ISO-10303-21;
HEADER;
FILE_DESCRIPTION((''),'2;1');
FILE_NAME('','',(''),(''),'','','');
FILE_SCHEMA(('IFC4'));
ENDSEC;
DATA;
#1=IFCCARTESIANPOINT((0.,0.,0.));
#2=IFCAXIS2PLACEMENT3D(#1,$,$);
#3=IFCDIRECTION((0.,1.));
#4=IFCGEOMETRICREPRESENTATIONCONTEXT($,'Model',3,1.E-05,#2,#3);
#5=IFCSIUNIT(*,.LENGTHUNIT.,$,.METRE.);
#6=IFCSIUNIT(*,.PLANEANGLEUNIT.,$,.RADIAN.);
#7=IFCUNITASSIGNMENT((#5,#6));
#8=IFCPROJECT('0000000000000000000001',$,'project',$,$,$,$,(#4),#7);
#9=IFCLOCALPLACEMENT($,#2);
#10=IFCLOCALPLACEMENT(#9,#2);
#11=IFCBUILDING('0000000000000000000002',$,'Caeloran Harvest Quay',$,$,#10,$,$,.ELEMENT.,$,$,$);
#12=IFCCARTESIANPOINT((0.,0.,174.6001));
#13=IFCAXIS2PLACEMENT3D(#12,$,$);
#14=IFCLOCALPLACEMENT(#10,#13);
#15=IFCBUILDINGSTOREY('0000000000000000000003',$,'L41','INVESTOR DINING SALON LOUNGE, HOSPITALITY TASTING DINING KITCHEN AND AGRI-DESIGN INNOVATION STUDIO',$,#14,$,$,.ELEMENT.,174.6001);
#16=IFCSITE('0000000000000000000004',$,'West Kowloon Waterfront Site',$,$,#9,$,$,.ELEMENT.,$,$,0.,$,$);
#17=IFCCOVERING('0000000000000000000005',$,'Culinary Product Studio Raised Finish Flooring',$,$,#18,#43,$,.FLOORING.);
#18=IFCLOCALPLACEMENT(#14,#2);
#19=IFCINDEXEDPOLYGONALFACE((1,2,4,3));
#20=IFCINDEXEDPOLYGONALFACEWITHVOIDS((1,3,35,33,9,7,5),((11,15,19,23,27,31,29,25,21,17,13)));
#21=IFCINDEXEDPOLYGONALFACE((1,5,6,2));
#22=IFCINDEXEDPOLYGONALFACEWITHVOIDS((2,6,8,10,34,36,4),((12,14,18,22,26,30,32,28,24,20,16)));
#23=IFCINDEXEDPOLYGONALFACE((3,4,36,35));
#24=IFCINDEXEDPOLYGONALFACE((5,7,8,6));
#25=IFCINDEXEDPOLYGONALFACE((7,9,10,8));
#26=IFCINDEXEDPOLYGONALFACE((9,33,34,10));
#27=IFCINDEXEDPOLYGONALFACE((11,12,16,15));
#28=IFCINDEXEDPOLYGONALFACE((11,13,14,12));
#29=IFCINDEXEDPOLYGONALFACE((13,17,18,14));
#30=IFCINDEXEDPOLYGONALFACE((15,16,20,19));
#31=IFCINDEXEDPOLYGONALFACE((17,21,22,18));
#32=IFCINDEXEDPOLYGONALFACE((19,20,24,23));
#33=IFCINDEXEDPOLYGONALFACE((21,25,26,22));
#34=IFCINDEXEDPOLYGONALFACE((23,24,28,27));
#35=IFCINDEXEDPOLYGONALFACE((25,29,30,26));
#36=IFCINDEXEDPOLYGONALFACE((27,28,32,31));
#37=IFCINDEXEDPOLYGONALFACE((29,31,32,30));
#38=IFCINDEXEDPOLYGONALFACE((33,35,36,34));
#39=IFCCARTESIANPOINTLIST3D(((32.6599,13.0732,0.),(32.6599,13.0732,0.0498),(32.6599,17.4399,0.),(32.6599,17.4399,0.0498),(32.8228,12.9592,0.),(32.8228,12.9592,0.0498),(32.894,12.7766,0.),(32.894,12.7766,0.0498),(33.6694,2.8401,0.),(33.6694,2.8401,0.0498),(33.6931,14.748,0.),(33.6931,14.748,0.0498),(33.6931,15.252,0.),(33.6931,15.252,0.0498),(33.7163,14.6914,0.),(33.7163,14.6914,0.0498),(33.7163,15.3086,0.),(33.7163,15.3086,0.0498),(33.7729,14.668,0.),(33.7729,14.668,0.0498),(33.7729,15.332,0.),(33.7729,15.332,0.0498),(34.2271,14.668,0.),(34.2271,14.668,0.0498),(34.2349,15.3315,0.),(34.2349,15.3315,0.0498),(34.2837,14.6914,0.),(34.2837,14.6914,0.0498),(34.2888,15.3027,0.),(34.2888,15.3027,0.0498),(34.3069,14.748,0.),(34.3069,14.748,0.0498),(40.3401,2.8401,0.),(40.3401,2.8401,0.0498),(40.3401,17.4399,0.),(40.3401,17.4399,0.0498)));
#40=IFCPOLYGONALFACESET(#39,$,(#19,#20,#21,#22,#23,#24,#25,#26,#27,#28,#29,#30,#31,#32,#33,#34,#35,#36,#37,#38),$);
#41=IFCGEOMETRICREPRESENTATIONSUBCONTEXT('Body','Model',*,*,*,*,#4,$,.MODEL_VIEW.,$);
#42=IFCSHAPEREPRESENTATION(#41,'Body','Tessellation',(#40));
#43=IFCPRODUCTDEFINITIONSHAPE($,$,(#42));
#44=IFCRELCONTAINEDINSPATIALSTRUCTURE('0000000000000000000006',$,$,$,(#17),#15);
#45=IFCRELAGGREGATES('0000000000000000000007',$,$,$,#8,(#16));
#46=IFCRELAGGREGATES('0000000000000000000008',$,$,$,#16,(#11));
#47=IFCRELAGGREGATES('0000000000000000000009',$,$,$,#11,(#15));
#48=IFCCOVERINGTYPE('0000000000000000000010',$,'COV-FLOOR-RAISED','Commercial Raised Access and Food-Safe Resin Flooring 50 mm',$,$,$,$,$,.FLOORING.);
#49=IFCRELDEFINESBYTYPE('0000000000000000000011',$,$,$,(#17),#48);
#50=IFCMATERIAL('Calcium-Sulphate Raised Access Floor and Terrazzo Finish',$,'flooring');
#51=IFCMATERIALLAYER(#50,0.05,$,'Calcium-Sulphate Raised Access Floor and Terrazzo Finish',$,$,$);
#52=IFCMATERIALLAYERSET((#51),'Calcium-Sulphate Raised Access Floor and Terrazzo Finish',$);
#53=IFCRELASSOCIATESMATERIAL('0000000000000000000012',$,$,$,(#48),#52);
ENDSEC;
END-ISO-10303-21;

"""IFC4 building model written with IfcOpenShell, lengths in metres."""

from ifc_helpers import new_model, si_unit, direction, frame, origin, place, context, subcontext, project, spatial, polyline, outline, extrude, material, layer, layer_set, type_object, element, save


model = new_model("IFC4")

# Units and contexts
model_context = context("Model", 3, precision=1e-05, world=origin(), true_north=direction((0.0, 1.0)))
body_context = subcontext(model_context, "Body", "Model", "MODEL_VIEW")
ifc_project = project(units=[si_unit("LENGTHUNIT", "METRE"), si_unit("PLANEANGLEUNIT", "RADIAN")], contexts=[model_context])

# Site, building, storey
site_placement = place(None, origin())
site = spatial("IfcSite", under=ifc_project, at=site_placement, Name="West Kowloon Waterfront Site", CompositionType="ELEMENT", RefElevation=0.0)
building_placement = place(site_placement, origin())
building = spatial("IfcBuilding", under=site, at=building_placement, Name="Caeloran Harvest Quay", CompositionType="ELEMENT")
storey_placement = place(building_placement, frame((0.0, 0.0, 174.6001)))
storey = spatial("IfcBuildingStorey", under=building, at=storey_placement, Name="L41", Description="INVESTOR DINING SALON LOUNGE, HOSPITALITY TASTING DINING KITCHEN AND AGRI-DESIGN INNOVATION STUDIO", CompositionType="ELEMENT", Elevation=174.6001)

# Covering
ifc_material_1 = material(Name="Calcium-Sulphate Raised Access Floor and Terrazzo Finish", Category="flooring")
ifc_layer_1 = layer(ifc_material_1, 0.05, Name="Calcium-Sulphate Raised Access Floor and Terrazzo Finish")
ifc_layer_set_1 = layer_set([ifc_layer_1], Name="Calcium-Sulphate Raised Access Floor and Terrazzo Finish")
covering_type_1 = type_object("IfcCoveringType", Name="COV-FLOOR-RAISED", Description="Commercial Raised Access and Food-Safe Resin Flooring 50 mm", PredefinedType="FLOORING", material=ifc_layer_set_1)
covering_1_placement = place(storey_placement, origin())
element("IfcCovering", 1, at=covering_1_placement, inside=storey, type_object=covering_type_1, Name="Culinary Product Studio Raised Finish Flooring", PredefinedType="FLOORING", context=body_context, shape_type="SweptSolid", body=[
    extrude(outline(polyline([(32.6599, 13.0732), (32.6599, 17.4399), (40.3401, 17.4399), (40.3401, 2.8401), (33.6694, 2.8401), (32.894, 12.7766), (32.8228, 12.9592), (32.6599, 13.0732)]), holes=[polyline([(34.3069, 14.748), (34.2888, 15.3027), (34.2349, 15.3315), (33.7729, 15.332), (33.7163, 15.3086), (33.6931, 15.252), (33.6931, 14.748), (33.7163, 14.6914), (33.7729, 14.668), (34.2271, 14.668), (34.2837, 14.6914), (34.3069, 14.748)])]), origin(), (0.0, 0.0, 1.0), 0.0498),
])

save(model, "model.ifc")
